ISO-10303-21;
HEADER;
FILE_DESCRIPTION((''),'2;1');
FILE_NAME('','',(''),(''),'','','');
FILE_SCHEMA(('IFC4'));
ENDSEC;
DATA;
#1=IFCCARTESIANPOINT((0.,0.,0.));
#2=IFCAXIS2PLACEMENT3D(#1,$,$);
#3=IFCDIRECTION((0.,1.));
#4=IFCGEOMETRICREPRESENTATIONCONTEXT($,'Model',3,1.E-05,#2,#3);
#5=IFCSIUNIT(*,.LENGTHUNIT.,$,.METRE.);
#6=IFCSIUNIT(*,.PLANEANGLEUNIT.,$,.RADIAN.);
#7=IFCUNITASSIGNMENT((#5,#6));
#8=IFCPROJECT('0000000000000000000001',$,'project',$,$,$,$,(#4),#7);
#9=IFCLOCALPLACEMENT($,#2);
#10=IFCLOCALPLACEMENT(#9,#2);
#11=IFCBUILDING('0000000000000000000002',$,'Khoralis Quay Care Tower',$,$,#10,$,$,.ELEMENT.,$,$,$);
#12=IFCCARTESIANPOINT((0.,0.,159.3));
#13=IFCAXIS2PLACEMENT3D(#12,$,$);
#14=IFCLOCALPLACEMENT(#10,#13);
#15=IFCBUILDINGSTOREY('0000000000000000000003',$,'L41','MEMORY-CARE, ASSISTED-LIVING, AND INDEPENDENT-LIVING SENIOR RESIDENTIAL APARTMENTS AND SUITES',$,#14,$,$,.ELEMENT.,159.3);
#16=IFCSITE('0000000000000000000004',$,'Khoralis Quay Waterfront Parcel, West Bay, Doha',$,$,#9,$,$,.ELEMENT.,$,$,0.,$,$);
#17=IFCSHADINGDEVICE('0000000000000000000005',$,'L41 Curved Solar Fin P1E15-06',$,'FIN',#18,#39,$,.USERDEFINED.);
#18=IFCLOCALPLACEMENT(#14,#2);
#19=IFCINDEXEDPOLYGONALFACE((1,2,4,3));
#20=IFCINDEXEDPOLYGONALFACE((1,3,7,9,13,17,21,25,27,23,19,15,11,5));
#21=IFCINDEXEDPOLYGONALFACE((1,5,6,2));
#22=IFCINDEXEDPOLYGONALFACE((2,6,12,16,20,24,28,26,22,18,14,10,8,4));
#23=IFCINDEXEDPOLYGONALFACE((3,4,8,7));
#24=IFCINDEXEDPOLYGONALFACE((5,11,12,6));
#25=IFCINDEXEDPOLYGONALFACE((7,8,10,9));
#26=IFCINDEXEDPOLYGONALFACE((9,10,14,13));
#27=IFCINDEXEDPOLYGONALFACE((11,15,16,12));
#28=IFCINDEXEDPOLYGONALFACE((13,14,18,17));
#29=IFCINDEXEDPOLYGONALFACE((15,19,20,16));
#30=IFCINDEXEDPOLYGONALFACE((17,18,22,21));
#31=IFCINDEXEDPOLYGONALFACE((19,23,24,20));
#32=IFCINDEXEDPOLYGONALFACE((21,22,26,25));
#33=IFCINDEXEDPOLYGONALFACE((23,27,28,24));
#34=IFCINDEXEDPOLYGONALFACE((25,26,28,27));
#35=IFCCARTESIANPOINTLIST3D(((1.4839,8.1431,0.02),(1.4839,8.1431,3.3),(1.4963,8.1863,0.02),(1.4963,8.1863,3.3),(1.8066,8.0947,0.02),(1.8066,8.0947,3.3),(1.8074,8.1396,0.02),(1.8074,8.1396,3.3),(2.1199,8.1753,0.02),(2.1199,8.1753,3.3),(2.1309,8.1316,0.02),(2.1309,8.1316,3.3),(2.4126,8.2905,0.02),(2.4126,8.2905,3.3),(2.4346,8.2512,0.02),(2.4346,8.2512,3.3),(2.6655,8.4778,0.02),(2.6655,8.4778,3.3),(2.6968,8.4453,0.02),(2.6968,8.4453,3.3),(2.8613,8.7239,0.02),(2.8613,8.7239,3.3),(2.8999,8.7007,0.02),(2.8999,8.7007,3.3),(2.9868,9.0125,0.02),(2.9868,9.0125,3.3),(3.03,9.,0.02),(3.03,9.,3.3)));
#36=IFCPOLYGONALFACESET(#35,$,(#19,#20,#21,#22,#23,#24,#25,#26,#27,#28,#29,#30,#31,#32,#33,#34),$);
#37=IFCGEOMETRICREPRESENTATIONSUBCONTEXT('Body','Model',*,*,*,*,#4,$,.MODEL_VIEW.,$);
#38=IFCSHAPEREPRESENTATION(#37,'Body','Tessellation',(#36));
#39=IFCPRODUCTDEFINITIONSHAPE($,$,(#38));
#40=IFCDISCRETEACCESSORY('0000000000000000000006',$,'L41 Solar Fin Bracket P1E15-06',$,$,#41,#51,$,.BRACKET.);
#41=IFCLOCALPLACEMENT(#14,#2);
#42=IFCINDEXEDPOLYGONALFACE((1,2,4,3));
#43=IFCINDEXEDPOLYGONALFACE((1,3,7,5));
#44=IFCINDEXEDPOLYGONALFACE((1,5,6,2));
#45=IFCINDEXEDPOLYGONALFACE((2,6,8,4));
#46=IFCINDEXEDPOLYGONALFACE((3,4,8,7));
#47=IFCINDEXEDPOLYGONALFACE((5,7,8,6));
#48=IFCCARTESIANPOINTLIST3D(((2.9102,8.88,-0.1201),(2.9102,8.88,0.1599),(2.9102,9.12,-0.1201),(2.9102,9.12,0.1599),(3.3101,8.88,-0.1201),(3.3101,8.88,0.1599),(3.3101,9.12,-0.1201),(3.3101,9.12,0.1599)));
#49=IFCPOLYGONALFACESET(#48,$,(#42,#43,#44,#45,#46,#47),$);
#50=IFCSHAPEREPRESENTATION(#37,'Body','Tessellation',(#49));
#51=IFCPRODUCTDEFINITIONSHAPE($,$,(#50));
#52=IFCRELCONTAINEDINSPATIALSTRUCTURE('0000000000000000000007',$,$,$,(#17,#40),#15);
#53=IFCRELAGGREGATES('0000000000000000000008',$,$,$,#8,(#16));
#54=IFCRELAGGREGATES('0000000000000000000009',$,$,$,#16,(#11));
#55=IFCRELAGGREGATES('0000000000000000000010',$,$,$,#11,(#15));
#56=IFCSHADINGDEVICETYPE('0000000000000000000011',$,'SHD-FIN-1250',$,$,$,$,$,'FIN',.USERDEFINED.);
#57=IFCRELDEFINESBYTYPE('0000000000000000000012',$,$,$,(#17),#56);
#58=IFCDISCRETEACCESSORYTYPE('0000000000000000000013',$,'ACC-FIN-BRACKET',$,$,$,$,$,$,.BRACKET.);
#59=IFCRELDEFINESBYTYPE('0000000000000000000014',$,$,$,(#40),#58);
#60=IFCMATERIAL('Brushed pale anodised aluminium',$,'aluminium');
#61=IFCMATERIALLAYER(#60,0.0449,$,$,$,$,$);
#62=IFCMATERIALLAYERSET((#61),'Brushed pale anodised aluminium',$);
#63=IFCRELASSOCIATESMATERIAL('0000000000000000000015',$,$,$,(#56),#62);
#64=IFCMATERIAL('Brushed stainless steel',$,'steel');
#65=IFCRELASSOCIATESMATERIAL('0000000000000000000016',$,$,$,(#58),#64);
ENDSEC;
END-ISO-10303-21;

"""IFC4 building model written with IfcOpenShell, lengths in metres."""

from ifc_helpers import new_model, si_unit, direction, frame, origin, origin_2d, place, context, subcontext, project, spatial, polyline, rectangle, outline, extrude, source, transform, mapped, material, layer, layer_set, type_object, element, save


model = new_model("IFC4")

# Units and contexts
model_context = context("Model", 3, precision=1e-05, world=origin(), true_north=direction((0.0, 1.0)))
body_context = subcontext(model_context, "Body", "Model", "MODEL_VIEW")
ifc_project = project(units=[si_unit("LENGTHUNIT", "METRE"), si_unit("PLANEANGLEUNIT", "RADIAN")], contexts=[model_context])

# Site, building, storey
site_placement = place(None, origin())
site = spatial("IfcSite", under=ifc_project, at=site_placement, Name="Khoralis Quay Waterfront Parcel, West Bay, Doha", CompositionType="ELEMENT", RefElevation=0.0)
building_placement = place(site_placement, origin())
building = spatial("IfcBuilding", under=site, at=building_placement, Name="Khoralis Quay Care Tower", CompositionType="ELEMENT")
storey_placement = place(building_placement, frame((0.0, 0.0, 159.3)))
storey = spatial("IfcBuildingStorey", under=building, at=storey_placement, Name="L41", Description="MEMORY-CARE, ASSISTED-LIVING, AND INDEPENDENT-LIVING SENIOR RESIDENTIAL APARTMENTS AND SUITES", CompositionType="ELEMENT", Elevation=159.3)

# Shading device
ifc_material_1 = material(Name="Brushed pale anodised aluminium", Category="aluminium")
ifc_layer_1 = layer(ifc_material_1, 0.0449)
ifc_layer_set_1 = layer_set([ifc_layer_1], Name="Brushed pale anodised aluminium")
shading_device_type = type_object("IfcShadingDeviceType", Name="SHD-FIN-1250", ElementType="FIN", PredefinedType="USERDEFINED", material=ifc_layer_set_1)
shared_shape_1 = source(origin(), body_context, "Body", "SweptSolid", [
    extrude(outline(polyline([(0.0, 0.0), (0.1301, 0.2993), (0.3333, 0.5547), (0.5955, 0.7488), (0.8992, 0.8684), (1.2234, 0.9053), (1.5461, 0.8569), (1.5337, 0.8137), (1.2227, 0.8604), (0.9102, 0.8247), (0.6174, 0.7095), (0.3645, 0.5222), (0.1687, 0.2761), (0.0432, -0.0125), (0.0, 0.0)])), origin(), (0.0, 0.0, 1.0), 3.28),
])
shading_device_placement = place(storey_placement, frame((3.03, 9.0, 0.02), z_axis=(0.0, 0.0, 1.0), x_axis=(-1.0, 0.0, 0.0)))
element("IfcShadingDevice", 1, at=shading_device_placement, inside=storey, type_object=shading_device_type, Name="L41 Curved Solar Fin P1E15-06", ObjectType="FIN", PredefinedType="USERDEFINED", context=body_context, shape_type="MappedRepresentation", body=[
    mapped(shared_shape_1, transform((0.0, 0.0, 0.0), scale=1.0)),
])

# Discrete accessory
ifc_material_2 = material(Name="Brushed stainless steel", Category="steel")
discrete_accessory_type = type_object("IfcDiscreteAccessoryType", Name="ACC-FIN-BRACKET", PredefinedType="BRACKET", material=ifc_material_2)
shared_shape_2 = source(origin(), body_context, "Body", "SweptSolid", [
    extrude(rectangle(XDim=0.3999, YDim=0.24, at=origin_2d()), origin(), (0.0, 0.0, 1.0), 0.28),
])
discrete_accessory_placement = place(storey_placement, frame((3.1101, 9.0, -0.1201), z_axis=(0.0, 0.0, 1.0), x_axis=(-1.0, 0.0, 0.0)))
element("IfcDiscreteAccessory", 2, at=discrete_accessory_placement, inside=storey, type_object=discrete_accessory_type, Name="L41 Solar Fin Bracket P1E15-06", PredefinedType="BRACKET", context=body_context, shape_type="MappedRepresentation", body=[
    mapped(shared_shape_2, transform((0.0, 0.0, 0.0), scale=1.0)),
])

save(model, "model.ifc")
